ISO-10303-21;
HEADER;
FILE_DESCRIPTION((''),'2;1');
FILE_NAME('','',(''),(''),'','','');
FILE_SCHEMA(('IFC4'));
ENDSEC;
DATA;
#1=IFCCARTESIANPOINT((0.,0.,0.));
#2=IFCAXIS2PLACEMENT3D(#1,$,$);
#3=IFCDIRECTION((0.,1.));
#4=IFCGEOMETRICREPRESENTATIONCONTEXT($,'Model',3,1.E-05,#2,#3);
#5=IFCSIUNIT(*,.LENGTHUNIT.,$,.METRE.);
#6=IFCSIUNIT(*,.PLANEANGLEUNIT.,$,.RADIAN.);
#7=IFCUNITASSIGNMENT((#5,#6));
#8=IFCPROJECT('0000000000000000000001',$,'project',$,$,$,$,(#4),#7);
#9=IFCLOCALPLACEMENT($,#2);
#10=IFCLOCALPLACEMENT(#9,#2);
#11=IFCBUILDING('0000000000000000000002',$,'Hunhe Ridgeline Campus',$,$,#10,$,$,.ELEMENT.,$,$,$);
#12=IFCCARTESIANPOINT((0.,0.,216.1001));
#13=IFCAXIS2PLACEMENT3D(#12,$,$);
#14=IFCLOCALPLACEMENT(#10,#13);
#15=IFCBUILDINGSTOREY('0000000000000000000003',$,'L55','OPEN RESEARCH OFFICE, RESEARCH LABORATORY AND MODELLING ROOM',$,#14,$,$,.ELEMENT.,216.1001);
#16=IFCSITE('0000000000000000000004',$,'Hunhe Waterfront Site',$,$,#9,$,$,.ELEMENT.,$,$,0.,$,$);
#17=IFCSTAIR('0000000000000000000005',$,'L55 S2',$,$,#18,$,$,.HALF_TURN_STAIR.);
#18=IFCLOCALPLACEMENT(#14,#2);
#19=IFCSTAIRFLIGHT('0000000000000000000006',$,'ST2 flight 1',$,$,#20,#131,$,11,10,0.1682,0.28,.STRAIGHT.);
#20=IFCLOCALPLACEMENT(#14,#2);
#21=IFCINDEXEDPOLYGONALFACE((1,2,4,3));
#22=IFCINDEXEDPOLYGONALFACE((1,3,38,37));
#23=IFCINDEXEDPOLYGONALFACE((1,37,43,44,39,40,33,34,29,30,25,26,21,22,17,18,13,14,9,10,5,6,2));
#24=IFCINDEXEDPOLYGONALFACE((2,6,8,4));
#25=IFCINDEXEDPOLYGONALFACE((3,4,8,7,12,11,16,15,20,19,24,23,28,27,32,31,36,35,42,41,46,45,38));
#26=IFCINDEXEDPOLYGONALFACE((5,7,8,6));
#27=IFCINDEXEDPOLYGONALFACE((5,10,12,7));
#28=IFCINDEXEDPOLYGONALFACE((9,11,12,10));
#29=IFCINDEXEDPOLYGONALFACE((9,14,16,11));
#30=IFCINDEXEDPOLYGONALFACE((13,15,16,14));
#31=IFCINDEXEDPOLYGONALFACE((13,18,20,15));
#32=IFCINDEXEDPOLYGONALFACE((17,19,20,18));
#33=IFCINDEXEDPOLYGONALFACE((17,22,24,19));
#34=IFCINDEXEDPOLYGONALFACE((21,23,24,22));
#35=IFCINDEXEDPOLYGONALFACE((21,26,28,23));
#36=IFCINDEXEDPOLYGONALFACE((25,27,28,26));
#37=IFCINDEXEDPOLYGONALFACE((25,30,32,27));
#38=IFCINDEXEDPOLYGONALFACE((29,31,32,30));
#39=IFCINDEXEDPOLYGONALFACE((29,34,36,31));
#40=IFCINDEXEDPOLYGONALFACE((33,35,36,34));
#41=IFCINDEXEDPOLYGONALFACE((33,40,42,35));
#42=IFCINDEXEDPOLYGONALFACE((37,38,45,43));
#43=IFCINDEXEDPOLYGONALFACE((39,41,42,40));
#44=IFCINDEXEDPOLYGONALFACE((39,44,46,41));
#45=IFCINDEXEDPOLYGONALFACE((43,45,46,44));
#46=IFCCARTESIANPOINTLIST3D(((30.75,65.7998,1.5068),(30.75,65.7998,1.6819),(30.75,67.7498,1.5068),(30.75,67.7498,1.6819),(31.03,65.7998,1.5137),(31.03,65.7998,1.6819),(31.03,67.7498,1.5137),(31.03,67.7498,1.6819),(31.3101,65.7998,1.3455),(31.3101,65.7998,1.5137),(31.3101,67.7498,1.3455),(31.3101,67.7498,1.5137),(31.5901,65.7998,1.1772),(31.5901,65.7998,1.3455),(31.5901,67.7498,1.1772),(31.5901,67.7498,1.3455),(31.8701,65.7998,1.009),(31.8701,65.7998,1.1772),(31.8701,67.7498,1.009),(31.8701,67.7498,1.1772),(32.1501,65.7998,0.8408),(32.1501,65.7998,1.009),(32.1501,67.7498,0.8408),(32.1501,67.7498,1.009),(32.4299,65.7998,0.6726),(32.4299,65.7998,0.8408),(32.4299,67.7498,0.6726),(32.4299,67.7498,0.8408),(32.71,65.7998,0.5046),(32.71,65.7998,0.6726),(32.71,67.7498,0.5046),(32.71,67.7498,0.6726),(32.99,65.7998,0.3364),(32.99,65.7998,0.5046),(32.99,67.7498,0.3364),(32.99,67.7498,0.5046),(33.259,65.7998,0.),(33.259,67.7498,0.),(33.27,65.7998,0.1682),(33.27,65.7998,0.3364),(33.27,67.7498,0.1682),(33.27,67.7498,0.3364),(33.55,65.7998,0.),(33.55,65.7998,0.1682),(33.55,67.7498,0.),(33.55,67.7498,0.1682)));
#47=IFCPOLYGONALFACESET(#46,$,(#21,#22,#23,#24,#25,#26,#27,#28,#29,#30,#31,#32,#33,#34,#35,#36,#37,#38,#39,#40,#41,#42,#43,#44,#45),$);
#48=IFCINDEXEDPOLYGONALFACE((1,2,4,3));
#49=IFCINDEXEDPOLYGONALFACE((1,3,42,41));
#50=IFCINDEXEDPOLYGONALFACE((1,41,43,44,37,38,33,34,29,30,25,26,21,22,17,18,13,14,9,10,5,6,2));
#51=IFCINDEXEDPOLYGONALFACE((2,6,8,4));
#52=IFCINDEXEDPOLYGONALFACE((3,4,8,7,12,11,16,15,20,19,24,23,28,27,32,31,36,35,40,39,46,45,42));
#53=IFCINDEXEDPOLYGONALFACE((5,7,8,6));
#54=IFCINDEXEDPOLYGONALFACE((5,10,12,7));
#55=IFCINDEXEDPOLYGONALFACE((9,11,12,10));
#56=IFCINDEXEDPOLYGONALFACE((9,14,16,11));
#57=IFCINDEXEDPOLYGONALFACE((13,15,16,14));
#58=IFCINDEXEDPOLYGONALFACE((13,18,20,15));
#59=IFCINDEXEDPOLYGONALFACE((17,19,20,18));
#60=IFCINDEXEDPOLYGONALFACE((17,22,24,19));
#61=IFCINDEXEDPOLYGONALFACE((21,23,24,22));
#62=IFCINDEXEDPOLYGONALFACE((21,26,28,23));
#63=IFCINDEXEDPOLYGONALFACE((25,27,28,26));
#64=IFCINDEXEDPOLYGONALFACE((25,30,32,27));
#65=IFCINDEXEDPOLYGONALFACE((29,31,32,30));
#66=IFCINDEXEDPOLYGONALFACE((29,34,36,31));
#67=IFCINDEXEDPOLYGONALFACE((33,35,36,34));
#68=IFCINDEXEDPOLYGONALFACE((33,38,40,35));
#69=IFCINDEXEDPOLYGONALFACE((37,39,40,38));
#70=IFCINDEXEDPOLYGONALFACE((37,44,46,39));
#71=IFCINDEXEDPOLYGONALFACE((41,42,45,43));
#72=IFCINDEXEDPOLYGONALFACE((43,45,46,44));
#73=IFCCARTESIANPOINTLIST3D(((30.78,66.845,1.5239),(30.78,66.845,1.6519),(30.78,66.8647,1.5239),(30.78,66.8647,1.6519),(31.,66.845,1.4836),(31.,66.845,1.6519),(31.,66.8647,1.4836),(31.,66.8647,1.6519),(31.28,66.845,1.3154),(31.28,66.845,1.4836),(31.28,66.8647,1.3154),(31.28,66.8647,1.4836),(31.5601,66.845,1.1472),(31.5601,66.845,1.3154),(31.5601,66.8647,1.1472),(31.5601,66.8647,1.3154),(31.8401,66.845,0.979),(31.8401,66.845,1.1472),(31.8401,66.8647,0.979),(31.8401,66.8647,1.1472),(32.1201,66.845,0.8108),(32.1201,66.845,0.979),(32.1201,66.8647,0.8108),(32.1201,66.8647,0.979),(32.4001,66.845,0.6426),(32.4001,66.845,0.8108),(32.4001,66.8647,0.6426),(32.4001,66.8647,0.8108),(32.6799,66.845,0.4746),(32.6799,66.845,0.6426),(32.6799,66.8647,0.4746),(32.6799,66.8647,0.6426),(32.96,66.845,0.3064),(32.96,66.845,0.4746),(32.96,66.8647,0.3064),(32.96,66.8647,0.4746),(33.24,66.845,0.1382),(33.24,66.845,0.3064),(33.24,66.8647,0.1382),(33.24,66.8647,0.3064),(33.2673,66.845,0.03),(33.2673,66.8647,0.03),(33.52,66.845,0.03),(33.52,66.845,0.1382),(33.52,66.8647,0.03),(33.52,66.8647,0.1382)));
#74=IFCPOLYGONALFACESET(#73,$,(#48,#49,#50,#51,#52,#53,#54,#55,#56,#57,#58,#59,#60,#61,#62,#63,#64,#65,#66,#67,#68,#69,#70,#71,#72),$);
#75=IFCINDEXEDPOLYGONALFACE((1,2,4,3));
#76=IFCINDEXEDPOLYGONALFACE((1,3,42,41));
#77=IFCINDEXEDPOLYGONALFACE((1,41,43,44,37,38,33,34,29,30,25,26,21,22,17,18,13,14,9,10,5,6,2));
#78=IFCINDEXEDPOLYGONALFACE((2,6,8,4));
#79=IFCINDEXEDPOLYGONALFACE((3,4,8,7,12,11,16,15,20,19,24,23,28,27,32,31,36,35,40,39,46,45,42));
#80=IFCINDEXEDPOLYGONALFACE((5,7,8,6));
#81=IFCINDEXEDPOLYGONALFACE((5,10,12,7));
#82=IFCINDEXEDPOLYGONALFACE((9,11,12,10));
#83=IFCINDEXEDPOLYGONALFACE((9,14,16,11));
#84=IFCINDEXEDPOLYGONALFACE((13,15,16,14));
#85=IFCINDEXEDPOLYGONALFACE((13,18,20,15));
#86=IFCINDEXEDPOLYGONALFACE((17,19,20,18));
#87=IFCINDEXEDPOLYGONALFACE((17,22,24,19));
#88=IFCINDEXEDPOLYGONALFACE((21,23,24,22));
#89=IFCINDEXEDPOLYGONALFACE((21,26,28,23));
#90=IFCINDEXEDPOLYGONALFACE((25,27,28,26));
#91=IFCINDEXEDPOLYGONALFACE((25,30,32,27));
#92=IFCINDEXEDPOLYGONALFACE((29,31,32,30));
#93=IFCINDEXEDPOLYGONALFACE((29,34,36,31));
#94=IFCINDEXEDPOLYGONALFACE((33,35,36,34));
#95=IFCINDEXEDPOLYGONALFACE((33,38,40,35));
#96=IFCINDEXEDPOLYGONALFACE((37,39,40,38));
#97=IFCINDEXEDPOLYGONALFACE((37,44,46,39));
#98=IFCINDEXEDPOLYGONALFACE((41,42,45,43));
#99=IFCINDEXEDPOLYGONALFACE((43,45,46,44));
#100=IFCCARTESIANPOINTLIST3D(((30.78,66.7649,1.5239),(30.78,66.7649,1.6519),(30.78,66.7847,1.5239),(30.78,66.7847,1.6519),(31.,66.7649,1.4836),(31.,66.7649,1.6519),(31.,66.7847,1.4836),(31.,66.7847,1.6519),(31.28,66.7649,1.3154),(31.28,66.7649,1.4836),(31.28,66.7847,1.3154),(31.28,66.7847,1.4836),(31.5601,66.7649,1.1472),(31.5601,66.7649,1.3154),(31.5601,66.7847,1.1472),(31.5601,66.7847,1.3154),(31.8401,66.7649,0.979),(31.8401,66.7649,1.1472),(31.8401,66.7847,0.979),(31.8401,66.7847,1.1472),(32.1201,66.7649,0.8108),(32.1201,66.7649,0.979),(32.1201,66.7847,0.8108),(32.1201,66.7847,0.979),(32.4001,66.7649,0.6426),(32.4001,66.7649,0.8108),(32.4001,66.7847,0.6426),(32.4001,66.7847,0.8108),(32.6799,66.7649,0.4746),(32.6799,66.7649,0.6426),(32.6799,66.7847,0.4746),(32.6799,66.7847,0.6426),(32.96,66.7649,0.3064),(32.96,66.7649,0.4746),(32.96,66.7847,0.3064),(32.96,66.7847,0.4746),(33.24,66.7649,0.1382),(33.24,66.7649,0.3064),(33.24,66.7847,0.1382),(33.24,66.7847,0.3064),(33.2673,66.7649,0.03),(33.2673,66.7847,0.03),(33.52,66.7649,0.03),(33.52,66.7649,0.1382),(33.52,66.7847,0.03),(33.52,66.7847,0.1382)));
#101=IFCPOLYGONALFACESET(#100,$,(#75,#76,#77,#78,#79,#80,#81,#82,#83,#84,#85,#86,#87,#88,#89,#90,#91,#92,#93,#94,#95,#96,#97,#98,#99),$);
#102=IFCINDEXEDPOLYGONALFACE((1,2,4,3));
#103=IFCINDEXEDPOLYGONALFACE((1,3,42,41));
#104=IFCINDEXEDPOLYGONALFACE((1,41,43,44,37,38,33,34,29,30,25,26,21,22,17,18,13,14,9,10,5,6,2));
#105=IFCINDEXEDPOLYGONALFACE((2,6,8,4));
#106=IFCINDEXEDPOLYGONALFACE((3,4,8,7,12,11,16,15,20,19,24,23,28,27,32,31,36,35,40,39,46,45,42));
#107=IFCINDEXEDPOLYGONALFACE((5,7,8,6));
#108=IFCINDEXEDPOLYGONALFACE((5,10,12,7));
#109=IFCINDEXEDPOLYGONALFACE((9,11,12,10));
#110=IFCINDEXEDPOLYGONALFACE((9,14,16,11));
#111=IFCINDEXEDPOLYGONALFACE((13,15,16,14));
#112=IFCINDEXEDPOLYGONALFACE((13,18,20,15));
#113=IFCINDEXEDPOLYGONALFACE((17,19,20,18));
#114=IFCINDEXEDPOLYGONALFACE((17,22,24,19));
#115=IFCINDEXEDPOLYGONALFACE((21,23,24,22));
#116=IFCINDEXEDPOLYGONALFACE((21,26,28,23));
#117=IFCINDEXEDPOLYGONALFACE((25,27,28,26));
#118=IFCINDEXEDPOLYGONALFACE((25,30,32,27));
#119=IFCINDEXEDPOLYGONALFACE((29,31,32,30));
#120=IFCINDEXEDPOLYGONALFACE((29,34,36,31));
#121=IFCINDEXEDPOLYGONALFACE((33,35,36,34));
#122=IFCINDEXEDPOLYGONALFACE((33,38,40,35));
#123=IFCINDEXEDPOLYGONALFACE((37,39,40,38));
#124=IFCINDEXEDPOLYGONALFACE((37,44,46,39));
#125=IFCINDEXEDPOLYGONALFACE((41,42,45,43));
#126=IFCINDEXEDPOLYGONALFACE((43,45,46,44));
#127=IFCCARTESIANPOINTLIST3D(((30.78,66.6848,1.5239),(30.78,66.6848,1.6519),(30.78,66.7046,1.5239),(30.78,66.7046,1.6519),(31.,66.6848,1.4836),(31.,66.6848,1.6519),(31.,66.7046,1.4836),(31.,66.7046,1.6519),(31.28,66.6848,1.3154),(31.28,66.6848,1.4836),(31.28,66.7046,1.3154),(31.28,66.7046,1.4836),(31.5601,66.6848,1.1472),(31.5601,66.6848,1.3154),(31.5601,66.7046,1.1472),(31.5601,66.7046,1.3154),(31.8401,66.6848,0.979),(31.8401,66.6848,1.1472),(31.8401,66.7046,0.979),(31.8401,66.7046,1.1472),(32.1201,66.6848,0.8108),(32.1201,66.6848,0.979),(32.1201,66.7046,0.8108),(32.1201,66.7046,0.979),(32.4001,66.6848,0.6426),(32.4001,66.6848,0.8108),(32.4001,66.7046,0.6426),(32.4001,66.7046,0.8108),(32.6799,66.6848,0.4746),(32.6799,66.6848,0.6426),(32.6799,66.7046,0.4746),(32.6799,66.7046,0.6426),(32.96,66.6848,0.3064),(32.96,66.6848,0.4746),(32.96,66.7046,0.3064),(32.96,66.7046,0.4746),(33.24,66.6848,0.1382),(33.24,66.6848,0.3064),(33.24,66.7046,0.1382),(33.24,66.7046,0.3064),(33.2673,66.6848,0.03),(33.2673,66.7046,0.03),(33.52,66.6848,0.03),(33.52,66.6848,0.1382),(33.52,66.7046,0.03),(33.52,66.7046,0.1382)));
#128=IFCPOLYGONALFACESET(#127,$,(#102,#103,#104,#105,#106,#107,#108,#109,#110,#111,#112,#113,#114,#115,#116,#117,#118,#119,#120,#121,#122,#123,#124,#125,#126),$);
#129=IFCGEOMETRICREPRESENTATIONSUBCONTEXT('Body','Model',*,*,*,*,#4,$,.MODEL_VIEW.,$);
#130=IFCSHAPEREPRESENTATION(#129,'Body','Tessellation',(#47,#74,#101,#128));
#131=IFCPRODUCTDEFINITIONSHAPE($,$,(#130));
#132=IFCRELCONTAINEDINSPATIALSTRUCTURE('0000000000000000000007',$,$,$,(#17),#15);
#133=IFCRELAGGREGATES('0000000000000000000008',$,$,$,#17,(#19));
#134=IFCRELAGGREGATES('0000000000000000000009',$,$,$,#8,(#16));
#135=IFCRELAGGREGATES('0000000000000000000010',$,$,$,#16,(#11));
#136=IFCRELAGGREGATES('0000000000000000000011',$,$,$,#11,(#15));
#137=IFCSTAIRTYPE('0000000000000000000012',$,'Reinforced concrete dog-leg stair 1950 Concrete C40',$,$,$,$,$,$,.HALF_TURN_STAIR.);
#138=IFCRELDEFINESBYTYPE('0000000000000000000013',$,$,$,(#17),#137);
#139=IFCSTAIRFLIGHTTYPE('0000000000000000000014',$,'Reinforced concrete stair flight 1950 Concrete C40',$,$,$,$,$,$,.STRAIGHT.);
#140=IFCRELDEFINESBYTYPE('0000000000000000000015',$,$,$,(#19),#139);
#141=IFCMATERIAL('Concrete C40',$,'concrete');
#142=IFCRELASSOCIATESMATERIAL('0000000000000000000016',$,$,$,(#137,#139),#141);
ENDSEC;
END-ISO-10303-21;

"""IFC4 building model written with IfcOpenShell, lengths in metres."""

from ifc_helpers import new_model, si_unit, direction, frame, origin, place, context, subcontext, project, spatial, polyline, outline, extrude, material, type_object, element, aggregate, save


model = new_model("IFC4")

# Units and contexts
model_context = context("Model", 3, precision=1e-05, world=origin(), true_north=direction((0.0, 1.0)))
body_context = subcontext(model_context, "Body", "Model", "MODEL_VIEW")
ifc_project = project(units=[si_unit("LENGTHUNIT", "METRE"), si_unit("PLANEANGLEUNIT", "RADIAN")], contexts=[model_context])

# Site, building, storey
site_placement = place(None, origin())
site = spatial("IfcSite", under=ifc_project, at=site_placement, Name="Hunhe Waterfront Site", CompositionType="ELEMENT", RefElevation=0.0)
building_placement = place(site_placement, origin())
building = spatial("IfcBuilding", under=site, at=building_placement, Name="Hunhe Ridgeline Campus", CompositionType="ELEMENT")
storey_placement = place(building_placement, frame((0.0, 0.0, 216.1001)))
storey = spatial("IfcBuildingStorey", under=building, at=storey_placement, Name="L55", Description="OPEN RESEARCH OFFICE, RESEARCH LABORATORY AND MODELLING ROOM", CompositionType="ELEMENT", Elevation=216.1001)

# Stair, stair flight
ifc_material_1 = material(Name="Concrete C40", Category="concrete")
stair_type = type_object("IfcStairType", Name="Reinforced concrete dog-leg stair 1950 Concrete C40", PredefinedType="HALF_TURN_STAIR", material=ifc_material_1)
stair_placement = place(storey_placement, origin())
stair = element("IfcStair", 1, at=stair_placement, inside=storey, type_object=stair_type, Name="L55 S2", PredefinedType="HALF_TURN_STAIR")
stair_flight_type = type_object("IfcStairFlightType", Name="Reinforced concrete stair flight 1950 Concrete C40", PredefinedType="STRAIGHT", material=ifc_material_1)
stair_flight_1_placement = place(storey_placement, frame((33.55, 66.7749, 0.0), z_axis=(0.0, 0.0, 1.0), x_axis=(-1.0, 0.0, 0.0)))
stair_flight_1 = element("IfcStairFlight", 2, at=stair_flight_1_placement, type_object=stair_flight_type, Name="ST2 flight 1", NumberOfRisers=11, NumberOfTreads=10, PredefinedType="STRAIGHT", RiserHeight=0.1682, TreadLength=0.28, context=body_context, shape_type="SweptSolid", body=[
    extrude(outline(polyline([(0.0, 0.0), (0.0, 0.1682), (0.28, 0.1682), (0.28, 0.3364), (0.5601, 0.3364), (0.5601, 0.5046), (0.8401, 0.5046), (0.8401, 0.6726), (1.1201, 0.6726), (1.1201, 0.8408), (1.3999, 0.8408), (1.3999, 1.009), (1.6799, 1.009), (1.6799, 1.1772), (1.96, 1.1772), (1.96, 1.3455), (2.24, 1.3455), (2.24, 1.5137), (2.52, 1.5137), (2.52, 1.6819), (2.8, 1.6819), (2.8, 1.8501), (2.8, 1.5068), (0.291, 0.0), (0.0, 0.0)])), frame((0.0, 0.9751, 0.0), z_axis=(0.0, -1.0, 0.0), x_axis=(1.0, 0.0, 0.0)), (0.0, 0.0, 1.0), 1.95),
    extrude(outline(polyline([(0.03, 0.03), (0.03, 0.1382), (0.3101, 0.1382), (0.3101, 0.3064), (0.5901, 0.3064), (0.5901, 0.4746), (0.8701, 0.4746), (0.8701, 0.6426), (1.1499, 0.6426), (1.1499, 0.8108), (1.4299, 0.8108), (1.4299, 0.979), (1.71, 0.979), (1.71, 1.1472), (1.99, 1.1472), (1.99, 1.3154), (2.27, 1.3154), (2.27, 1.4836), (2.55, 1.4836), (2.55, 1.6519), (2.77, 1.6519), (2.77, 1.5239), (0.2827, 0.03), (0.03, 0.03)])), frame((0.0, -0.0701, 0.0), z_axis=(0.0, -1.0, 0.0), x_axis=(1.0, 0.0, 0.0)), (0.0, 0.0, 1.0), 0.0198),
    extrude(outline(polyline([(0.03, 0.03), (0.03, 0.1382), (0.3101, 0.1382), (0.3101, 0.3064), (0.5901, 0.3064), (0.5901, 0.4746), (0.8701, 0.4746), (0.8701, 0.6426), (1.1499, 0.6426), (1.1499, 0.8108), (1.4299, 0.8108), (1.4299, 0.979), (1.71, 0.979), (1.71, 1.1472), (1.99, 1.1472), (1.99, 1.3154), (2.27, 1.3154), (2.27, 1.4836), (2.55, 1.4836), (2.55, 1.6519), (2.77, 1.6519), (2.77, 1.5239), (0.2827, 0.03), (0.03, 0.03)])), frame((0.0, 0.01, 0.0), z_axis=(0.0, -1.0, 0.0), x_axis=(1.0, 0.0, 0.0)), (0.0, 0.0, 1.0), 0.0198),
    extrude(outline(polyline([(0.03, 0.03), (0.03, 0.1382), (0.3101, 0.1382), (0.3101, 0.3064), (0.5901, 0.3064), (0.5901, 0.4746), (0.8701, 0.4746), (0.8701, 0.6426), (1.1499, 0.6426), (1.1499, 0.8108), (1.4299, 0.8108), (1.4299, 0.979), (1.71, 0.979), (1.71, 1.1472), (1.99, 1.1472), (1.99, 1.3154), (2.27, 1.3154), (2.27, 1.4836), (2.55, 1.4836), (2.55, 1.6519), (2.77, 1.6519), (2.77, 1.5239), (0.2827, 0.03), (0.03, 0.03)])), frame((0.0, 0.0901, 0.0), z_axis=(0.0, -1.0, 0.0), x_axis=(1.0, 0.0, 0.0)), (0.0, 0.0, 1.0), 0.0198),
])
aggregate(stair, [stair_flight_1])

save(model, "model.ifc")
